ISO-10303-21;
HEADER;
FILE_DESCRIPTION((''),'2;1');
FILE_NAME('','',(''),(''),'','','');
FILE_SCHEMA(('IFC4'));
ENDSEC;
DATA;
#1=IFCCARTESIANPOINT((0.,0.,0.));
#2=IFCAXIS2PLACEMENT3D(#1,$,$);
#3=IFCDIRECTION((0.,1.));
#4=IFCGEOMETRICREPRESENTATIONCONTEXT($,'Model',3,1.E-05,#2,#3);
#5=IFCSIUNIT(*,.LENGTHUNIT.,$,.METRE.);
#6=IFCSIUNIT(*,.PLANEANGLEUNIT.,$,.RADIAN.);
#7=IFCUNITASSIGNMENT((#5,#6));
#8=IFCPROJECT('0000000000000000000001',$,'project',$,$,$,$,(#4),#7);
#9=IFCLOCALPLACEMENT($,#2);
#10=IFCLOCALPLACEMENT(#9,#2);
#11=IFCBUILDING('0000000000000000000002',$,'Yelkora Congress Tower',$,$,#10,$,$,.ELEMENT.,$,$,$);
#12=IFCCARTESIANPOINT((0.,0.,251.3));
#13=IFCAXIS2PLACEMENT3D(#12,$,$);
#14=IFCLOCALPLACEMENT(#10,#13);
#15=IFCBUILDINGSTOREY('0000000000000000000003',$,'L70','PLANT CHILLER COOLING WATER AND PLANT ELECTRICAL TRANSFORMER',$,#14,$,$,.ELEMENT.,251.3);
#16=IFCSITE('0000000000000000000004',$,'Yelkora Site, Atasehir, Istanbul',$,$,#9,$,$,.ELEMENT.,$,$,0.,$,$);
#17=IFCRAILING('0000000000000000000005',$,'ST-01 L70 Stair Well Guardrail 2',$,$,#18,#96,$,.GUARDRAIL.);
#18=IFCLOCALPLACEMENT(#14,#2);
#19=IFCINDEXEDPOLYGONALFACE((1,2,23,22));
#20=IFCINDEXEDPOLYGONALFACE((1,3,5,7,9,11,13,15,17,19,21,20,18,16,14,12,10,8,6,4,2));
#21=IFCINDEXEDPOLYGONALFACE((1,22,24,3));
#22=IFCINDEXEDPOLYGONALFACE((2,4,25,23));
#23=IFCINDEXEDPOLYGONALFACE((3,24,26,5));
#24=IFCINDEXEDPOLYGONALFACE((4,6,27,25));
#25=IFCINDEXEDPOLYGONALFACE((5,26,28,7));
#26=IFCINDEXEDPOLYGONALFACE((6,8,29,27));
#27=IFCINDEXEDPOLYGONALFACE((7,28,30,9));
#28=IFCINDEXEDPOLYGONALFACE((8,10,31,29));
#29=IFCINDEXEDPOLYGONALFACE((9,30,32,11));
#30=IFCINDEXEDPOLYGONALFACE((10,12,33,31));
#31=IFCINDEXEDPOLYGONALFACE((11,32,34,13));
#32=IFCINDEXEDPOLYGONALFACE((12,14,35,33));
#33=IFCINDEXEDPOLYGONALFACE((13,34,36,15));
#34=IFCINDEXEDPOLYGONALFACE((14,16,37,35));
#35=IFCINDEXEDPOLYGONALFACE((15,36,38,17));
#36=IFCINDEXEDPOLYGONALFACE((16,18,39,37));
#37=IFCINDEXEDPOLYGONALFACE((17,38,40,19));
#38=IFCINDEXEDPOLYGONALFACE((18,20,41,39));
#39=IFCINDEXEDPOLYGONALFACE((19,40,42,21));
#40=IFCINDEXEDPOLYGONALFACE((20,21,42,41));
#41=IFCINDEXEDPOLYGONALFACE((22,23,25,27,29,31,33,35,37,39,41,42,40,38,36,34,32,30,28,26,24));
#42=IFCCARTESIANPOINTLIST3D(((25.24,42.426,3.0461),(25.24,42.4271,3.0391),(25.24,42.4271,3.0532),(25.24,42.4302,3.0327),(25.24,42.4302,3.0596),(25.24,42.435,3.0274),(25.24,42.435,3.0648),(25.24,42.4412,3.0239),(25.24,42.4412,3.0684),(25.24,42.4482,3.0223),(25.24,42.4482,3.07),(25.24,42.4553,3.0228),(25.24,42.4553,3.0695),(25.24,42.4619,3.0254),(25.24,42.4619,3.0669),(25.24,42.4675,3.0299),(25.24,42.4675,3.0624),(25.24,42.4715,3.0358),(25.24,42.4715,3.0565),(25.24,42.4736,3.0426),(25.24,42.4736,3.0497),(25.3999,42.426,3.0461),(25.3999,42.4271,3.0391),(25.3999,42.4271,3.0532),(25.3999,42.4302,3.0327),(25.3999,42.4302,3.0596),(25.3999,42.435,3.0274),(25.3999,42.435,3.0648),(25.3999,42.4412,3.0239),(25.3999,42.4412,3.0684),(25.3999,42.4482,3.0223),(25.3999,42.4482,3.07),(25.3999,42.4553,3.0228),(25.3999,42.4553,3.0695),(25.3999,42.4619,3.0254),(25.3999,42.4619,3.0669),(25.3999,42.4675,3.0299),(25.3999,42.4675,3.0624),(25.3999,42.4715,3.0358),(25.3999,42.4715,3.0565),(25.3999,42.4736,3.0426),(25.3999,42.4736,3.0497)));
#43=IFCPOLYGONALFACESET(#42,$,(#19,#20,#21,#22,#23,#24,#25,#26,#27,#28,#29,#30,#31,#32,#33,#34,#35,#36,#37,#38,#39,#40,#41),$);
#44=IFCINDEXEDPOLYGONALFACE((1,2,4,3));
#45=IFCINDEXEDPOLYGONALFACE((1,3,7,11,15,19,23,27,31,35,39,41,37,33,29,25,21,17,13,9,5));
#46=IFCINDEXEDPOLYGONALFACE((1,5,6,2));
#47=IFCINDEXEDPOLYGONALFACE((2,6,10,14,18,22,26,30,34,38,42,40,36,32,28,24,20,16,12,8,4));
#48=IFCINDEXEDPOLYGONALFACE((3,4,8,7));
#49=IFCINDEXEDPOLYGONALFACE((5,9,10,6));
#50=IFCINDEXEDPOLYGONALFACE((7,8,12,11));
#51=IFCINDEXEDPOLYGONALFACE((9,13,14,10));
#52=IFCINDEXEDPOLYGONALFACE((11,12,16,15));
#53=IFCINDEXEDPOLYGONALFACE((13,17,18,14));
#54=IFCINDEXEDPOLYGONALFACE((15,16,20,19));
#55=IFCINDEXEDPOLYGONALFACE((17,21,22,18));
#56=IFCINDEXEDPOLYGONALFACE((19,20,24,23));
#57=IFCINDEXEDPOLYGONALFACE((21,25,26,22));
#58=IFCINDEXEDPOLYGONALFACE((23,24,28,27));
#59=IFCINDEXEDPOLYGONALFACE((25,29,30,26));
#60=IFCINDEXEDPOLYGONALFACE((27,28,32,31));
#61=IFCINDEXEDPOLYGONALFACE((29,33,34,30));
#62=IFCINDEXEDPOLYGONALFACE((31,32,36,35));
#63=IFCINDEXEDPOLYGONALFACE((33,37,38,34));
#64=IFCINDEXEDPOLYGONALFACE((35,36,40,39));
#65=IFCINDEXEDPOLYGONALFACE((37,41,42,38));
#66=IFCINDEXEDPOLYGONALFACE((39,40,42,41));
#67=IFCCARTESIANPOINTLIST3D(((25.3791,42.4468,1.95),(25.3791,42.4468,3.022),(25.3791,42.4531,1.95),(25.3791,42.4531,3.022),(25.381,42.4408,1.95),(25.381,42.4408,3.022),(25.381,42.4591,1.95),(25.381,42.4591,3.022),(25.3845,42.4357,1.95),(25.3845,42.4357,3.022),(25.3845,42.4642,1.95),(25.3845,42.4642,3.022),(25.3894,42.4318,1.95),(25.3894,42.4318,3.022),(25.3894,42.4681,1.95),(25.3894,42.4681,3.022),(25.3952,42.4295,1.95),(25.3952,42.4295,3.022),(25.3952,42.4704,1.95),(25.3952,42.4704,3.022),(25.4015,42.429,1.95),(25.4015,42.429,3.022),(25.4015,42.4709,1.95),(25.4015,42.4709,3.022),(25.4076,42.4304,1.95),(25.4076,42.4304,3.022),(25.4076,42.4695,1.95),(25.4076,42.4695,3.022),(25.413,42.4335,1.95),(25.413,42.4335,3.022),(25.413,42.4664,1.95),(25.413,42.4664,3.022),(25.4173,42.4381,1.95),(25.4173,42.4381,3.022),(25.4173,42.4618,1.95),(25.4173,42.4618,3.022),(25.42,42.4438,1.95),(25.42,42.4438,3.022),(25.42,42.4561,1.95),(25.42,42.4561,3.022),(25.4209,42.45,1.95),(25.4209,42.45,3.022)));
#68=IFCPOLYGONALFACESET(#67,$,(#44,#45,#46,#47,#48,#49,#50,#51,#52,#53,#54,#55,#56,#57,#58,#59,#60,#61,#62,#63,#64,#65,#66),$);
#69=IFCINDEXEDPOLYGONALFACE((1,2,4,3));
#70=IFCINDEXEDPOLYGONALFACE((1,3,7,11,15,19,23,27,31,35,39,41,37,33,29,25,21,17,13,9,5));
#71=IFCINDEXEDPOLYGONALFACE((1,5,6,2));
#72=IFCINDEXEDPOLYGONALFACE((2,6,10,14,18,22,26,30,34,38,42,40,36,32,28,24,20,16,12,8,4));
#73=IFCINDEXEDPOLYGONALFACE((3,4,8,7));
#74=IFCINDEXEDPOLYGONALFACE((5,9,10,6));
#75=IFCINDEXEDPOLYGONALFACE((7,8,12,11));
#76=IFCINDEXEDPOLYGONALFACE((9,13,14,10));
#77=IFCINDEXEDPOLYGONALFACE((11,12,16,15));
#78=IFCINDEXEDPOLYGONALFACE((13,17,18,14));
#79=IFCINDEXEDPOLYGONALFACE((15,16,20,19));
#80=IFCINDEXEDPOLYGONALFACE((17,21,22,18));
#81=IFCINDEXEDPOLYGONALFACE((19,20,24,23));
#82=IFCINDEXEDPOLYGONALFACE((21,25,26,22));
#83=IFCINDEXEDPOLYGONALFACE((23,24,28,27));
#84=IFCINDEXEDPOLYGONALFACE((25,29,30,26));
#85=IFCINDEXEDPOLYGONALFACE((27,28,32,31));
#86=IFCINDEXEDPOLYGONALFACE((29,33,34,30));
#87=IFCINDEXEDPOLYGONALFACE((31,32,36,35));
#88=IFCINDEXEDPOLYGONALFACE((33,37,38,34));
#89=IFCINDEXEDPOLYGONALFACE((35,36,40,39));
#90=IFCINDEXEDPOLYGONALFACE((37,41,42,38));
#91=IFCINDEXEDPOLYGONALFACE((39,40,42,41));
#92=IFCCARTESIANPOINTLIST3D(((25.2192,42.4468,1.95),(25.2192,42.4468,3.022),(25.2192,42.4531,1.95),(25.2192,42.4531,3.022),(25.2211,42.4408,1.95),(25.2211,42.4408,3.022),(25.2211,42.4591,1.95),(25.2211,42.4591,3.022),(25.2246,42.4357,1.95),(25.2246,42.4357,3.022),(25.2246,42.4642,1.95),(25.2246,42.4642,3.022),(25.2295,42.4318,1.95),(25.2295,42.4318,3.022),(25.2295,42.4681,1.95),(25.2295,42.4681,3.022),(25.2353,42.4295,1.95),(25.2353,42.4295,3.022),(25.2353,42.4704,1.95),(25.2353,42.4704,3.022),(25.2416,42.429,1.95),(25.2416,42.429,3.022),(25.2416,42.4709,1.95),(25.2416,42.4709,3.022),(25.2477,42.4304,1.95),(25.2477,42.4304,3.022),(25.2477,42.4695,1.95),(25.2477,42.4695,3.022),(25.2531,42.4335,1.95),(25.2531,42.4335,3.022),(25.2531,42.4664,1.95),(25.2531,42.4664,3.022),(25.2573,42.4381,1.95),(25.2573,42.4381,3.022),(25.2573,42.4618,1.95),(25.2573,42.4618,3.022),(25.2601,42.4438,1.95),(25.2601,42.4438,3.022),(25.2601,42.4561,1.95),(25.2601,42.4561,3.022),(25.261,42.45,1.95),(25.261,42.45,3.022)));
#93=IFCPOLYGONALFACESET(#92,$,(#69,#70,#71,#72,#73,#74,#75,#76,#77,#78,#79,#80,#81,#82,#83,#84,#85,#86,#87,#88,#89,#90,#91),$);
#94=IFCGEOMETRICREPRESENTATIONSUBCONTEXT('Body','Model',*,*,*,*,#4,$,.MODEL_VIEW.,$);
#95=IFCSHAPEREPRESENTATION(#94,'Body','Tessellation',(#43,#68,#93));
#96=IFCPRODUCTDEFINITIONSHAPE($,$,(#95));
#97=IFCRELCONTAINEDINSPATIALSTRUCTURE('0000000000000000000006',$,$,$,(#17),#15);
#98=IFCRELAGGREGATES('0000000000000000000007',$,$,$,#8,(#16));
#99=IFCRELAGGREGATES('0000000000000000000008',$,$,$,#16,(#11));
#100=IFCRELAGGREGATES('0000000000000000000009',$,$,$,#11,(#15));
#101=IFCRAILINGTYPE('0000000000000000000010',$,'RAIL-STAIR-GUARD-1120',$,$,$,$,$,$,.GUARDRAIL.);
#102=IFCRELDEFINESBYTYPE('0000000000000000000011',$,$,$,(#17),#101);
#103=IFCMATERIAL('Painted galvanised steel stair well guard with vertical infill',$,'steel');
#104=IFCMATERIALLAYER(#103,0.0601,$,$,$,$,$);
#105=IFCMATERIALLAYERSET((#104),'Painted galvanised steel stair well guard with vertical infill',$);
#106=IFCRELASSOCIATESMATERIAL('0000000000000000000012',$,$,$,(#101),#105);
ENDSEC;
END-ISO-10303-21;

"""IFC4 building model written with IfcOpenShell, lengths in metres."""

from ifc_helpers import new_model, si_unit, direction, frame, origin, origin_2d, place, context, subcontext, project, spatial, circle, extrude, material, layer, layer_set, type_object, element, save


model = new_model("IFC4")

# Units and contexts
model_context = context("Model", 3, precision=1e-05, world=origin(), true_north=direction((0.0, 1.0)))
body_context = subcontext(model_context, "Body", "Model", "MODEL_VIEW")
ifc_project = project(units=[si_unit("LENGTHUNIT", "METRE"), si_unit("PLANEANGLEUNIT", "RADIAN")], contexts=[model_context])

# Site, building, storey
site_placement = place(None, origin())
site = spatial("IfcSite", under=ifc_project, at=site_placement, Name="Yelkora Site, Atasehir, Istanbul", CompositionType="ELEMENT", RefElevation=0.0)
building_placement = place(site_placement, origin())
building = spatial("IfcBuilding", under=site, at=building_placement, Name="Yelkora Congress Tower", CompositionType="ELEMENT")
storey_placement = place(building_placement, frame((0.0, 0.0, 251.3)))
storey = spatial("IfcBuildingStorey", under=building, at=storey_placement, Name="L70", Description="PLANT CHILLER COOLING WATER AND PLANT ELECTRICAL TRANSFORMER", CompositionType="ELEMENT", Elevation=251.3)

# Railing
ifc_material_1 = material(Name="Painted galvanised steel stair well guard with vertical infill", Category="steel")
ifc_layer_1 = layer(ifc_material_1, 0.0601)
ifc_layer_set_1 = layer_set([ifc_layer_1], Name="Painted galvanised steel stair well guard with vertical infill")
railing_type_1 = type_object("IfcRailingType", Name="RAIL-STAIR-GUARD-1120", PredefinedType="GUARDRAIL", material=ifc_layer_set_1)
railing_1_placement = place(storey_placement, frame((25.3999, 42.45, 1.95)))
element("IfcRailing", 1, at=railing_1_placement, inside=storey, type_object=railing_type_1, Name="ST-01 L70 Stair Well Guardrail 2", PredefinedType="GUARDRAIL", context=body_context, shape_type="SweptSolid", body=[
    extrude(circle(Radius=0.0239, at=origin_2d()), frame((0.0, 0.0, 1.0962), z_axis=(-1.0, 0.0, 0.0), x_axis=(0.0, -1.0, 0.0)), (0.0, 0.0, 1.0), 0.1599),
    extrude(circle(Radius=0.021, at=origin_2d()), origin(), (0.0, 0.0, 1.0), 1.072),
    extrude(circle(Radius=0.021, at=origin_2d()), frame((-0.1599, 0.0, 0.0)), (0.0, 0.0, 1.0), 1.072),
])

save(model, "model.ifc")
